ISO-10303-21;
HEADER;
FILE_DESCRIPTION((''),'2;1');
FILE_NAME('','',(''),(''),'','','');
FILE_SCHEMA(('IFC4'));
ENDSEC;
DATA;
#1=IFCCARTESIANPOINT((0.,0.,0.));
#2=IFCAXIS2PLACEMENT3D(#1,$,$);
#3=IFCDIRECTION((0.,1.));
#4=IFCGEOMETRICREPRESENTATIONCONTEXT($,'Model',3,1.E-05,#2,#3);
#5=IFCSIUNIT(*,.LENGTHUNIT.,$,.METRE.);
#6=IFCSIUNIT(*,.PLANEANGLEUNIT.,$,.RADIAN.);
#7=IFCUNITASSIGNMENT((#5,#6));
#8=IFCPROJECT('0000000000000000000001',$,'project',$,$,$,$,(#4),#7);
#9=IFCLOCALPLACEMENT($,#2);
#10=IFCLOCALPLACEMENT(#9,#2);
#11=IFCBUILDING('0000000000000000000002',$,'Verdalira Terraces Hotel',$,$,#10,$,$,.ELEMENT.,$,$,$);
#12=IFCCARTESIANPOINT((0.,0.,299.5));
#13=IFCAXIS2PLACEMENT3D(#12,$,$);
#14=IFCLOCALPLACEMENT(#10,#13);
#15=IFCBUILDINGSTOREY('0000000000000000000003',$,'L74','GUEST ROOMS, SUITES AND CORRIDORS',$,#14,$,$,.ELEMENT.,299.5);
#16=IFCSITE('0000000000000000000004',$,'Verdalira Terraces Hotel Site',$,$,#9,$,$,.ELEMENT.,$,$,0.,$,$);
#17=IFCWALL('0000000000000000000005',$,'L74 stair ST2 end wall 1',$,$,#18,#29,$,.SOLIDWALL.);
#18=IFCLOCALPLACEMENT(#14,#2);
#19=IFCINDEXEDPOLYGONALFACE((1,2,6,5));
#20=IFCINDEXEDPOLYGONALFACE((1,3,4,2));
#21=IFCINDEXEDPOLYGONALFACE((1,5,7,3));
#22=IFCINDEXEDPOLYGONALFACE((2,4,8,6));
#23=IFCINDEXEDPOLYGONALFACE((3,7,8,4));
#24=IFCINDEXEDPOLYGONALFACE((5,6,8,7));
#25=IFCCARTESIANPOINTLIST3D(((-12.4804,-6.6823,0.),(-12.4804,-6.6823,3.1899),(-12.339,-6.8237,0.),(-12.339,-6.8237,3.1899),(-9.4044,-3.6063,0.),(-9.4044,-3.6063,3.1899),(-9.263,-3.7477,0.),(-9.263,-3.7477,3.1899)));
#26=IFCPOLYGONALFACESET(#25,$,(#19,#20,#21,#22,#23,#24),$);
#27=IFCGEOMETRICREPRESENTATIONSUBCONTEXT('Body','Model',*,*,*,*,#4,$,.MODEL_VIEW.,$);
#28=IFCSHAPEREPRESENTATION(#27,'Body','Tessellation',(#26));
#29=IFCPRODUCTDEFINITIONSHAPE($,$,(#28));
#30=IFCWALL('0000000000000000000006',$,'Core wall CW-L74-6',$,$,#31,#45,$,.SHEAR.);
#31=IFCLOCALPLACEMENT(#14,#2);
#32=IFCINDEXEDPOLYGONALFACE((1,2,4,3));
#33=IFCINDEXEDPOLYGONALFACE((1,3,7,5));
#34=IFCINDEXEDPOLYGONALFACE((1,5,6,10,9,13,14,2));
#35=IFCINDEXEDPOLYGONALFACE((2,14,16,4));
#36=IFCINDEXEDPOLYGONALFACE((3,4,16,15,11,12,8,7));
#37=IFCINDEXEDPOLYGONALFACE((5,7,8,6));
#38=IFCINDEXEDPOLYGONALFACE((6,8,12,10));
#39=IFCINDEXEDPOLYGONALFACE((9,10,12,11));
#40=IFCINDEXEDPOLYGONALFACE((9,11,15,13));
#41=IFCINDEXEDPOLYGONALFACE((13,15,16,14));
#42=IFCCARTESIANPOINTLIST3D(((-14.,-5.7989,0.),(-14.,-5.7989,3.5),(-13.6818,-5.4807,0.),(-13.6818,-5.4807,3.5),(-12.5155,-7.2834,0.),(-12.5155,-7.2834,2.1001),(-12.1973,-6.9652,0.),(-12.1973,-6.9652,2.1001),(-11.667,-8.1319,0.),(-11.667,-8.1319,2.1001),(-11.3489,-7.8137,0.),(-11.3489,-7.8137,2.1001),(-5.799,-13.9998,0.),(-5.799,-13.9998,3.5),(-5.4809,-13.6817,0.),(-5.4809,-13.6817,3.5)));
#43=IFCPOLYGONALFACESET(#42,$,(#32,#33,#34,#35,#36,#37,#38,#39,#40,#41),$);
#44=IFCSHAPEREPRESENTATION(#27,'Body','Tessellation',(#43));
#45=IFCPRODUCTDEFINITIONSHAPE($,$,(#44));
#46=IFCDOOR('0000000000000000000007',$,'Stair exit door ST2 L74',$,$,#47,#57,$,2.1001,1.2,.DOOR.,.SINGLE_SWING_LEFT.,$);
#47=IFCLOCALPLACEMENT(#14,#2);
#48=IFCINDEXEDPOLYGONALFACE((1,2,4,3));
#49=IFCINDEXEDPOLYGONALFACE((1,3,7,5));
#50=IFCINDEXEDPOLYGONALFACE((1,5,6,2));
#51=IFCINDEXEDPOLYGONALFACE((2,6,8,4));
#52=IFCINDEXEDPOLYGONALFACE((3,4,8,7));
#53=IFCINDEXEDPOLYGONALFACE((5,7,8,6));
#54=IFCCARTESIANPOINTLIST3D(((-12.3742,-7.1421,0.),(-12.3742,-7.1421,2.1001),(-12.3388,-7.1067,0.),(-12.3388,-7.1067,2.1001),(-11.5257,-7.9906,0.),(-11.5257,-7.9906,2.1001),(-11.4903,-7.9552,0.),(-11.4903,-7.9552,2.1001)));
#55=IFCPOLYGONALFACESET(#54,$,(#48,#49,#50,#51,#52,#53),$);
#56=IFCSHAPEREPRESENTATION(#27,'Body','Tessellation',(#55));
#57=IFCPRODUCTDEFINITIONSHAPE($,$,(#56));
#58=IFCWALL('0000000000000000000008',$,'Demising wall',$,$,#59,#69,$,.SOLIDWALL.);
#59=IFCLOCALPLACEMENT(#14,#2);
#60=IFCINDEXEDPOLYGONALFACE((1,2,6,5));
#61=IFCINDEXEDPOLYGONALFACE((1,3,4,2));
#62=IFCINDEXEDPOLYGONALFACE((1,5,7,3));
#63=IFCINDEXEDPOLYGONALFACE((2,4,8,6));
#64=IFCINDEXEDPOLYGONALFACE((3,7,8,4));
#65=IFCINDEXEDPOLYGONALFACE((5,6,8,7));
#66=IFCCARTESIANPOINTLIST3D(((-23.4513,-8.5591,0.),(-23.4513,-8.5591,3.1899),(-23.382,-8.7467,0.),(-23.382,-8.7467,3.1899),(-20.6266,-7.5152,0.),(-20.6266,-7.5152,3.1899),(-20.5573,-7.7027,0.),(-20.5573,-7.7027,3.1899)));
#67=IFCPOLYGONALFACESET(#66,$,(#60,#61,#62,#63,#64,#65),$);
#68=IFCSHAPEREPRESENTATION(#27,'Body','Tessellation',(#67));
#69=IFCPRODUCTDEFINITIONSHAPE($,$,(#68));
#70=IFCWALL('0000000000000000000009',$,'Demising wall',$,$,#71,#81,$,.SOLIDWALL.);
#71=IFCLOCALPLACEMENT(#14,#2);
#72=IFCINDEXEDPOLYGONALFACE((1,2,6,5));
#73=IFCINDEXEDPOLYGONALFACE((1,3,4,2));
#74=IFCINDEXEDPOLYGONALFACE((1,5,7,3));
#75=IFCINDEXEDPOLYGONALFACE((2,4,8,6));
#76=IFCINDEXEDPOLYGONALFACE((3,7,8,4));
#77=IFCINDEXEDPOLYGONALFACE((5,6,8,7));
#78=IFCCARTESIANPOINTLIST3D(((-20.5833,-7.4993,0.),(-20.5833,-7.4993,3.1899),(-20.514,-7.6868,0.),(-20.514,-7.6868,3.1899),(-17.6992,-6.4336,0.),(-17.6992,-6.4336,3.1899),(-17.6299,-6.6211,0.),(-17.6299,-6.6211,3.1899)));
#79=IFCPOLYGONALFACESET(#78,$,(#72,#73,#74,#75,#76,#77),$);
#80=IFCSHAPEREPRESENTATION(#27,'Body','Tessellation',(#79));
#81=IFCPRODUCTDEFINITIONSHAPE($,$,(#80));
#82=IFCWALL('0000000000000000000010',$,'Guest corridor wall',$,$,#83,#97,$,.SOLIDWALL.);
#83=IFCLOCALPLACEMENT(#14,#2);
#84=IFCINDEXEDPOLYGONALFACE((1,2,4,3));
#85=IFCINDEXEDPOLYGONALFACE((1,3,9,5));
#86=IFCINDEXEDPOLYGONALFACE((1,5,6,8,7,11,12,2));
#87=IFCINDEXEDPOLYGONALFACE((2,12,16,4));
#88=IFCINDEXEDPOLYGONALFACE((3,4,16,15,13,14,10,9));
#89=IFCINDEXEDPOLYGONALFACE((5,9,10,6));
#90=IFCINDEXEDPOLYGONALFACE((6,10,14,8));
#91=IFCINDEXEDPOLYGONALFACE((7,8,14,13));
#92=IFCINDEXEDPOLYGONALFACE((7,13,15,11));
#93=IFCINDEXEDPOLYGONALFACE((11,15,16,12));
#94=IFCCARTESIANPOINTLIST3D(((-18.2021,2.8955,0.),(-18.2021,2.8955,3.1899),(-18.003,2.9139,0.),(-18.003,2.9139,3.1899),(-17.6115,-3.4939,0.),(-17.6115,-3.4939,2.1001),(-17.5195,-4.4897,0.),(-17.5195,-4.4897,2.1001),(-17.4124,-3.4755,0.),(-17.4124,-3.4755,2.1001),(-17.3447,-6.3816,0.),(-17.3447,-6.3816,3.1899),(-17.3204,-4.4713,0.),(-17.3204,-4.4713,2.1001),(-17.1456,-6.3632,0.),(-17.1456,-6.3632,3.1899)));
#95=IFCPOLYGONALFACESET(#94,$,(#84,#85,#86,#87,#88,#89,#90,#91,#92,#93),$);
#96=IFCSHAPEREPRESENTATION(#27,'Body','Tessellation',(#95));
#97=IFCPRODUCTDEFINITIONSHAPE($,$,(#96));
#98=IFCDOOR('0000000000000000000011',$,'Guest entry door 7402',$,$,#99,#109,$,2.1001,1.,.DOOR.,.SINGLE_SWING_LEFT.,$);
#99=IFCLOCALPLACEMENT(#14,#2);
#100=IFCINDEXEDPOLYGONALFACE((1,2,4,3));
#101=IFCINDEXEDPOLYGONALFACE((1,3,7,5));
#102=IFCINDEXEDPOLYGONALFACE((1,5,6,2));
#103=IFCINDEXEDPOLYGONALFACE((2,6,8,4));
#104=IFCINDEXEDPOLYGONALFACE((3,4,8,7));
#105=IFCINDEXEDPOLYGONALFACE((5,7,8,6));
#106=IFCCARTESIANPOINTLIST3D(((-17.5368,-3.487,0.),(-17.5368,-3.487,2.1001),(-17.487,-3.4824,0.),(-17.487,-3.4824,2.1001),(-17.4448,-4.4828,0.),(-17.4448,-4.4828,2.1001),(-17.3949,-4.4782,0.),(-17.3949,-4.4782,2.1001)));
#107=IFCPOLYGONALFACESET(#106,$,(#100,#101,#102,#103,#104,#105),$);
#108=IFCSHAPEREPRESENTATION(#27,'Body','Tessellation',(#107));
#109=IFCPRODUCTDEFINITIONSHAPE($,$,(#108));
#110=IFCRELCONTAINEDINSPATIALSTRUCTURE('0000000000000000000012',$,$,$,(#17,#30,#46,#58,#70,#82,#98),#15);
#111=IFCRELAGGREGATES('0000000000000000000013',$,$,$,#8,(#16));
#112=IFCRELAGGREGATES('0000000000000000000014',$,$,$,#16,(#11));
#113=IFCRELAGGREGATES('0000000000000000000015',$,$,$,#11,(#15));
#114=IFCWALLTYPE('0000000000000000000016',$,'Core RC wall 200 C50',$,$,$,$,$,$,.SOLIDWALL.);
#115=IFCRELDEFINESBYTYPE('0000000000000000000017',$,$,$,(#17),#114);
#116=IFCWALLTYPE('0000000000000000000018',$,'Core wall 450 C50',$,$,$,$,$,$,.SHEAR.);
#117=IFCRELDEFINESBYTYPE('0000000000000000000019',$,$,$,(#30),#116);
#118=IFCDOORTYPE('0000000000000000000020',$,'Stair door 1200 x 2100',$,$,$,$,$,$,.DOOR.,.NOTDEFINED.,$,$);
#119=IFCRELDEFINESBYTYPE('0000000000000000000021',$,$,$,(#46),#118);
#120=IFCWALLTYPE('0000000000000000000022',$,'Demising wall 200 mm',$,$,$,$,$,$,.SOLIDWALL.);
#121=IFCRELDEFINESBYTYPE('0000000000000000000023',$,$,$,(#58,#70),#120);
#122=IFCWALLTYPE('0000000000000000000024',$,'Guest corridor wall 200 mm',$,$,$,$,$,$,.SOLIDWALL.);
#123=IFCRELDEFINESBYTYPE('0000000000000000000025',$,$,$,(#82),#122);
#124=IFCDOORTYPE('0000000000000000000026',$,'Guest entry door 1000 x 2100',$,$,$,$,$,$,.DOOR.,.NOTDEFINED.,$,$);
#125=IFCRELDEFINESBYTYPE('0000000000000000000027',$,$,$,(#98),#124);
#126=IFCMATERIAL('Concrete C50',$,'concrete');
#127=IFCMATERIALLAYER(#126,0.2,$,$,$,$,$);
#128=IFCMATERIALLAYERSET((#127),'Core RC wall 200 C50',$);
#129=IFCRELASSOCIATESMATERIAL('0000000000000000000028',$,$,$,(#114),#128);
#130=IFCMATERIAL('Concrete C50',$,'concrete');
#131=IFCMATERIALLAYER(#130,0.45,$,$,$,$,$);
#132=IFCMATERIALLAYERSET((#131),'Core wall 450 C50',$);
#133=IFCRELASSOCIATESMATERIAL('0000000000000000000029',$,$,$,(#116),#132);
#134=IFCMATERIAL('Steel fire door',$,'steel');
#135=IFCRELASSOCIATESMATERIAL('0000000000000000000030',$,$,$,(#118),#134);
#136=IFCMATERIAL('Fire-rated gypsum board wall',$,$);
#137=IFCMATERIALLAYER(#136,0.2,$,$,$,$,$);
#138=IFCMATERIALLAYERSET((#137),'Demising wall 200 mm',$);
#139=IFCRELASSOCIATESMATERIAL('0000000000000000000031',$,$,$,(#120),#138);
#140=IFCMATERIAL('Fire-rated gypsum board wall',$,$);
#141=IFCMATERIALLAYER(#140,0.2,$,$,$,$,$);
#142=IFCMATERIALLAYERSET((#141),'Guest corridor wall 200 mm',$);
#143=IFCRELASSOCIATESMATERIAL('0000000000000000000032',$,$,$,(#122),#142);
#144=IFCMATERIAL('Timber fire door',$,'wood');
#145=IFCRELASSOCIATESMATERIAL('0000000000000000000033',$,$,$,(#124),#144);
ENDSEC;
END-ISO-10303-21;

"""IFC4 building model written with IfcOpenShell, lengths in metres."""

from ifc_helpers import new_model, si_unit, direction, frame, frame_2d, origin, place, context, subcontext, project, spatial, rectangle, extrude, material, layer, layer_set, type_object, element, fill, save


model = new_model("IFC4")

# Units and contexts
model_context = context("Model", 3, precision=1e-05, world=origin(), true_north=direction((0.0, 1.0)))
body_context = subcontext(model_context, "Body", "Model", "MODEL_VIEW")
ifc_project = project(units=[si_unit("LENGTHUNIT", "METRE"), si_unit("PLANEANGLEUNIT", "RADIAN")], contexts=[model_context])

# Site, building, storey
site_placement = place(None, origin())
site = spatial("IfcSite", under=ifc_project, at=site_placement, Name="Verdalira Terraces Hotel Site", CompositionType="ELEMENT", RefElevation=0.0)
building_placement = place(site_placement, origin())
building = spatial("IfcBuilding", under=site, at=building_placement, Name="Verdalira Terraces Hotel", CompositionType="ELEMENT")
storey_placement = place(building_placement, frame((0.0, 0.0, 299.5)))
storey = spatial("IfcBuildingStorey", under=building, at=storey_placement, Name="L74", Description="GUEST ROOMS, SUITES AND CORRIDORS", CompositionType="ELEMENT", Elevation=299.5)

# Shared definitions
ifc_material_1 = material(Name="Concrete C50", Category="concrete")
ifc_layer_1 = layer(ifc_material_1, 0.2)
ifc_layer_set_1 = layer_set([ifc_layer_1], Name="Core RC wall 200 C50")
wall_type_1 = type_object("IfcWallType", Name="Core RC wall 200 C50", PredefinedType="SOLIDWALL", material=ifc_layer_set_1)

# Wall
wall_1_placement = place(storey_placement, frame((-9.3337, -3.677, 0.0), z_axis=(0.0, 0.0, 1.0), x_axis=(-0.707107, -0.707107, 0.0)))
element("IfcWall", 1, at=wall_1_placement, inside=storey, type_object=wall_type_1, Name="L74 stair ST2 end wall 1", PredefinedType="SOLIDWALL", context=body_context, shape_type="SweptSolid", body=[
    extrude(rectangle(XDim=4.3501, YDim=0.2, at=frame_2d((2.175, 0.0))), origin(), (0.0, 0.0, 1.0), 3.1899),
])

# Wall, opening, door
ifc_material_2 = material(Name="Concrete C50", Category="concrete")
ifc_layer_2 = layer(ifc_material_2, 0.45)
ifc_layer_set_2 = layer_set([ifc_layer_2], Name="Core wall 450 C50")
wall_type_2 = type_object("IfcWallType", Name="Core wall 450 C50", PredefinedType="SHEAR", material=ifc_layer_set_2)
wall_2_placement = place(storey_placement, frame((-13.8408, -5.6399, 0.0), z_axis=(0.0, 0.0, 1.0), x_axis=(0.707107, -0.707107, 0.0)))
wall_2 = element("IfcWall", 2, at=wall_2_placement, inside=storey, type_object=wall_type_2, Name="Core wall CW-L74-6", PredefinedType="SHEAR", context=body_context, shape_type="SweptSolid", body=[
    extrude(rectangle(XDim=11.5979, YDim=0.45, at=frame_2d((5.7988, 0.0))), origin(), (0.0, 0.0, 1.0), 3.5),
])
opening_1_placement = place(wall_2_placement, frame((2.0991, 0.0, 0.0)))
opening_1 = element("IfcOpeningElement", 3, at=opening_1_placement, cuts=wall_2, PredefinedType="OPENING", context=body_context, shape_type="SweptSolid", body=[
    extrude(rectangle(XDim=1.2, YDim=2.1001, at=frame_2d((0.6001, 1.05))), frame((0.0, 0.2349, 0.0), z_axis=(0.0, -1.0, 0.0), x_axis=(1.0, 0.0, 0.0)), (0.0, 0.0, 1.0), 0.47),
])
ifc_material_3 = material(Name="Steel fire door", Category="steel")
door_type_1 = type_object("IfcDoorType", Name="Stair door 1200 x 2100", OperationType="NOTDEFINED", PredefinedType="DOOR", material=ifc_material_3)
door_1_placement = place(opening_1_placement, origin())
door_1 = element("IfcDoor", 4, at=door_1_placement, inside=storey, type_object=door_type_1, Name="Stair exit door ST2 L74", OperationType="SINGLE_SWING_LEFT", OverallHeight=2.1001, OverallWidth=1.2, PredefinedType="DOOR", context=body_context, shape_type="SweptSolid", body=[
    extrude(rectangle(XDim=1.2, YDim=2.1001, at=frame_2d((0.6001, 1.05))), frame((0.0, 0.0249, 0.0), z_axis=(0.0, -1.0, 0.0), x_axis=(1.0, 0.0, 0.0)), (0.0, 0.0, 1.0), 0.05),
])
fill(opening_1, door_1)

# Walls
ifc_material_4 = material(Name="Fire-rated gypsum board wall")
ifc_layer_3 = layer(ifc_material_4, 0.2)
ifc_layer_set_3 = layer_set([ifc_layer_3], Name="Demising wall 200 mm")
wall_type_3 = type_object("IfcWallType", Name="Demising wall 200 mm", PredefinedType="SOLIDWALL", material=ifc_layer_set_3)
wall_3_placement = place(storey_placement, frame((-20.5918, -7.6089, 0.0), z_axis=(0.0, 0.0, 1.0), x_axis=(-0.937991, -0.346659, 0.0)))
element("IfcWall", 5, at=wall_3_placement, inside=storey, type_object=wall_type_3, Name="Demising wall", PredefinedType="SOLIDWALL", context=body_context, shape_type="SweptSolid", body=[
    extrude(rectangle(XDim=3.0115, YDim=0.2, at=frame_2d((1.5059, 0.0))), origin(), (0.0, 0.0, 1.0), 3.1899),
])
wall_4_placement = place(storey_placement, frame((-17.6646, -6.5273, 0.0), z_axis=(0.0, 0.0, 1.0), x_axis=(-0.938012, -0.346603, 0.0)))
element("IfcWall", 6, at=wall_4_placement, inside=storey, type_object=wall_type_3, Name="Demising wall", PredefinedType="SOLIDWALL", context=body_context, shape_type="SweptSolid", body=[
    extrude(rectangle(XDim=3.0747, YDim=0.2, at=frame_2d((1.5374, 0.0))), origin(), (0.0, 0.0, 1.0), 3.1899),
])

# Wall, opening, door
ifc_material_5 = material(Name="Fire-rated gypsum board wall")
ifc_layer_4 = layer(ifc_material_5, 0.2)
ifc_layer_set_4 = layer_set([ifc_layer_4], Name="Guest corridor wall 200 mm")
wall_type_4 = type_object("IfcWallType", Name="Guest corridor wall 200 mm", PredefinedType="SOLIDWALL", material=ifc_layer_set_4)
wall_5_placement = place(storey_placement, frame((-17.2451, -6.3723, 0.0), z_axis=(0.0, 0.0, 1.0), x_axis=(-0.092031, 0.995756, 0.0)))
wall_5 = element("IfcWall", 7, at=wall_5_placement, inside=storey, type_object=wall_type_4, Name="Guest corridor wall", PredefinedType="SOLIDWALL", context=body_context, shape_type="SweptSolid", body=[
    extrude(rectangle(XDim=9.3166, YDim=0.2, at=frame_2d((4.6582, 0.0))), origin(), (0.0, 0.0, 1.0), 3.1899),
])
opening_2_placement = place(wall_5_placement, frame((1.8999, 0.0, 0.0)))
opening_2 = element("IfcOpeningElement", 8, at=opening_2_placement, cuts=wall_5, PredefinedType="OPENING", context=body_context, shape_type="SweptSolid", body=[
    extrude(rectangle(XDim=1.0, YDim=2.1001, at=frame_2d((0.5, 1.05))), frame((0.0, 0.1099, 0.0), z_axis=(0.0, -1.0, 0.0), x_axis=(1.0, 0.0, 0.0)), (0.0, 0.0, 1.0), 0.22),
])
ifc_material_6 = material(Name="Timber fire door", Category="wood")
door_type_2 = type_object("IfcDoorType", Name="Guest entry door 1000 x 2100", OperationType="NOTDEFINED", PredefinedType="DOOR", material=ifc_material_6)
door_2_placement = place(opening_2_placement, origin())
door_2 = element("IfcDoor", 9, at=door_2_placement, inside=storey, type_object=door_type_2, Name="Guest entry door 7402", OperationType="SINGLE_SWING_LEFT", OverallHeight=2.1001, OverallWidth=1.0, PredefinedType="DOOR", context=body_context, shape_type="SweptSolid", body=[
    extrude(rectangle(XDim=1.0, YDim=2.1001, at=frame_2d((0.5, 1.05))), frame((0.0, 0.0249, 0.0), z_axis=(0.0, -1.0, 0.0), x_axis=(1.0, 0.0, 0.0)), (0.0, 0.0, 1.0), 0.05),
])
fill(opening_2, door_2)

save(model, "model.ifc")
